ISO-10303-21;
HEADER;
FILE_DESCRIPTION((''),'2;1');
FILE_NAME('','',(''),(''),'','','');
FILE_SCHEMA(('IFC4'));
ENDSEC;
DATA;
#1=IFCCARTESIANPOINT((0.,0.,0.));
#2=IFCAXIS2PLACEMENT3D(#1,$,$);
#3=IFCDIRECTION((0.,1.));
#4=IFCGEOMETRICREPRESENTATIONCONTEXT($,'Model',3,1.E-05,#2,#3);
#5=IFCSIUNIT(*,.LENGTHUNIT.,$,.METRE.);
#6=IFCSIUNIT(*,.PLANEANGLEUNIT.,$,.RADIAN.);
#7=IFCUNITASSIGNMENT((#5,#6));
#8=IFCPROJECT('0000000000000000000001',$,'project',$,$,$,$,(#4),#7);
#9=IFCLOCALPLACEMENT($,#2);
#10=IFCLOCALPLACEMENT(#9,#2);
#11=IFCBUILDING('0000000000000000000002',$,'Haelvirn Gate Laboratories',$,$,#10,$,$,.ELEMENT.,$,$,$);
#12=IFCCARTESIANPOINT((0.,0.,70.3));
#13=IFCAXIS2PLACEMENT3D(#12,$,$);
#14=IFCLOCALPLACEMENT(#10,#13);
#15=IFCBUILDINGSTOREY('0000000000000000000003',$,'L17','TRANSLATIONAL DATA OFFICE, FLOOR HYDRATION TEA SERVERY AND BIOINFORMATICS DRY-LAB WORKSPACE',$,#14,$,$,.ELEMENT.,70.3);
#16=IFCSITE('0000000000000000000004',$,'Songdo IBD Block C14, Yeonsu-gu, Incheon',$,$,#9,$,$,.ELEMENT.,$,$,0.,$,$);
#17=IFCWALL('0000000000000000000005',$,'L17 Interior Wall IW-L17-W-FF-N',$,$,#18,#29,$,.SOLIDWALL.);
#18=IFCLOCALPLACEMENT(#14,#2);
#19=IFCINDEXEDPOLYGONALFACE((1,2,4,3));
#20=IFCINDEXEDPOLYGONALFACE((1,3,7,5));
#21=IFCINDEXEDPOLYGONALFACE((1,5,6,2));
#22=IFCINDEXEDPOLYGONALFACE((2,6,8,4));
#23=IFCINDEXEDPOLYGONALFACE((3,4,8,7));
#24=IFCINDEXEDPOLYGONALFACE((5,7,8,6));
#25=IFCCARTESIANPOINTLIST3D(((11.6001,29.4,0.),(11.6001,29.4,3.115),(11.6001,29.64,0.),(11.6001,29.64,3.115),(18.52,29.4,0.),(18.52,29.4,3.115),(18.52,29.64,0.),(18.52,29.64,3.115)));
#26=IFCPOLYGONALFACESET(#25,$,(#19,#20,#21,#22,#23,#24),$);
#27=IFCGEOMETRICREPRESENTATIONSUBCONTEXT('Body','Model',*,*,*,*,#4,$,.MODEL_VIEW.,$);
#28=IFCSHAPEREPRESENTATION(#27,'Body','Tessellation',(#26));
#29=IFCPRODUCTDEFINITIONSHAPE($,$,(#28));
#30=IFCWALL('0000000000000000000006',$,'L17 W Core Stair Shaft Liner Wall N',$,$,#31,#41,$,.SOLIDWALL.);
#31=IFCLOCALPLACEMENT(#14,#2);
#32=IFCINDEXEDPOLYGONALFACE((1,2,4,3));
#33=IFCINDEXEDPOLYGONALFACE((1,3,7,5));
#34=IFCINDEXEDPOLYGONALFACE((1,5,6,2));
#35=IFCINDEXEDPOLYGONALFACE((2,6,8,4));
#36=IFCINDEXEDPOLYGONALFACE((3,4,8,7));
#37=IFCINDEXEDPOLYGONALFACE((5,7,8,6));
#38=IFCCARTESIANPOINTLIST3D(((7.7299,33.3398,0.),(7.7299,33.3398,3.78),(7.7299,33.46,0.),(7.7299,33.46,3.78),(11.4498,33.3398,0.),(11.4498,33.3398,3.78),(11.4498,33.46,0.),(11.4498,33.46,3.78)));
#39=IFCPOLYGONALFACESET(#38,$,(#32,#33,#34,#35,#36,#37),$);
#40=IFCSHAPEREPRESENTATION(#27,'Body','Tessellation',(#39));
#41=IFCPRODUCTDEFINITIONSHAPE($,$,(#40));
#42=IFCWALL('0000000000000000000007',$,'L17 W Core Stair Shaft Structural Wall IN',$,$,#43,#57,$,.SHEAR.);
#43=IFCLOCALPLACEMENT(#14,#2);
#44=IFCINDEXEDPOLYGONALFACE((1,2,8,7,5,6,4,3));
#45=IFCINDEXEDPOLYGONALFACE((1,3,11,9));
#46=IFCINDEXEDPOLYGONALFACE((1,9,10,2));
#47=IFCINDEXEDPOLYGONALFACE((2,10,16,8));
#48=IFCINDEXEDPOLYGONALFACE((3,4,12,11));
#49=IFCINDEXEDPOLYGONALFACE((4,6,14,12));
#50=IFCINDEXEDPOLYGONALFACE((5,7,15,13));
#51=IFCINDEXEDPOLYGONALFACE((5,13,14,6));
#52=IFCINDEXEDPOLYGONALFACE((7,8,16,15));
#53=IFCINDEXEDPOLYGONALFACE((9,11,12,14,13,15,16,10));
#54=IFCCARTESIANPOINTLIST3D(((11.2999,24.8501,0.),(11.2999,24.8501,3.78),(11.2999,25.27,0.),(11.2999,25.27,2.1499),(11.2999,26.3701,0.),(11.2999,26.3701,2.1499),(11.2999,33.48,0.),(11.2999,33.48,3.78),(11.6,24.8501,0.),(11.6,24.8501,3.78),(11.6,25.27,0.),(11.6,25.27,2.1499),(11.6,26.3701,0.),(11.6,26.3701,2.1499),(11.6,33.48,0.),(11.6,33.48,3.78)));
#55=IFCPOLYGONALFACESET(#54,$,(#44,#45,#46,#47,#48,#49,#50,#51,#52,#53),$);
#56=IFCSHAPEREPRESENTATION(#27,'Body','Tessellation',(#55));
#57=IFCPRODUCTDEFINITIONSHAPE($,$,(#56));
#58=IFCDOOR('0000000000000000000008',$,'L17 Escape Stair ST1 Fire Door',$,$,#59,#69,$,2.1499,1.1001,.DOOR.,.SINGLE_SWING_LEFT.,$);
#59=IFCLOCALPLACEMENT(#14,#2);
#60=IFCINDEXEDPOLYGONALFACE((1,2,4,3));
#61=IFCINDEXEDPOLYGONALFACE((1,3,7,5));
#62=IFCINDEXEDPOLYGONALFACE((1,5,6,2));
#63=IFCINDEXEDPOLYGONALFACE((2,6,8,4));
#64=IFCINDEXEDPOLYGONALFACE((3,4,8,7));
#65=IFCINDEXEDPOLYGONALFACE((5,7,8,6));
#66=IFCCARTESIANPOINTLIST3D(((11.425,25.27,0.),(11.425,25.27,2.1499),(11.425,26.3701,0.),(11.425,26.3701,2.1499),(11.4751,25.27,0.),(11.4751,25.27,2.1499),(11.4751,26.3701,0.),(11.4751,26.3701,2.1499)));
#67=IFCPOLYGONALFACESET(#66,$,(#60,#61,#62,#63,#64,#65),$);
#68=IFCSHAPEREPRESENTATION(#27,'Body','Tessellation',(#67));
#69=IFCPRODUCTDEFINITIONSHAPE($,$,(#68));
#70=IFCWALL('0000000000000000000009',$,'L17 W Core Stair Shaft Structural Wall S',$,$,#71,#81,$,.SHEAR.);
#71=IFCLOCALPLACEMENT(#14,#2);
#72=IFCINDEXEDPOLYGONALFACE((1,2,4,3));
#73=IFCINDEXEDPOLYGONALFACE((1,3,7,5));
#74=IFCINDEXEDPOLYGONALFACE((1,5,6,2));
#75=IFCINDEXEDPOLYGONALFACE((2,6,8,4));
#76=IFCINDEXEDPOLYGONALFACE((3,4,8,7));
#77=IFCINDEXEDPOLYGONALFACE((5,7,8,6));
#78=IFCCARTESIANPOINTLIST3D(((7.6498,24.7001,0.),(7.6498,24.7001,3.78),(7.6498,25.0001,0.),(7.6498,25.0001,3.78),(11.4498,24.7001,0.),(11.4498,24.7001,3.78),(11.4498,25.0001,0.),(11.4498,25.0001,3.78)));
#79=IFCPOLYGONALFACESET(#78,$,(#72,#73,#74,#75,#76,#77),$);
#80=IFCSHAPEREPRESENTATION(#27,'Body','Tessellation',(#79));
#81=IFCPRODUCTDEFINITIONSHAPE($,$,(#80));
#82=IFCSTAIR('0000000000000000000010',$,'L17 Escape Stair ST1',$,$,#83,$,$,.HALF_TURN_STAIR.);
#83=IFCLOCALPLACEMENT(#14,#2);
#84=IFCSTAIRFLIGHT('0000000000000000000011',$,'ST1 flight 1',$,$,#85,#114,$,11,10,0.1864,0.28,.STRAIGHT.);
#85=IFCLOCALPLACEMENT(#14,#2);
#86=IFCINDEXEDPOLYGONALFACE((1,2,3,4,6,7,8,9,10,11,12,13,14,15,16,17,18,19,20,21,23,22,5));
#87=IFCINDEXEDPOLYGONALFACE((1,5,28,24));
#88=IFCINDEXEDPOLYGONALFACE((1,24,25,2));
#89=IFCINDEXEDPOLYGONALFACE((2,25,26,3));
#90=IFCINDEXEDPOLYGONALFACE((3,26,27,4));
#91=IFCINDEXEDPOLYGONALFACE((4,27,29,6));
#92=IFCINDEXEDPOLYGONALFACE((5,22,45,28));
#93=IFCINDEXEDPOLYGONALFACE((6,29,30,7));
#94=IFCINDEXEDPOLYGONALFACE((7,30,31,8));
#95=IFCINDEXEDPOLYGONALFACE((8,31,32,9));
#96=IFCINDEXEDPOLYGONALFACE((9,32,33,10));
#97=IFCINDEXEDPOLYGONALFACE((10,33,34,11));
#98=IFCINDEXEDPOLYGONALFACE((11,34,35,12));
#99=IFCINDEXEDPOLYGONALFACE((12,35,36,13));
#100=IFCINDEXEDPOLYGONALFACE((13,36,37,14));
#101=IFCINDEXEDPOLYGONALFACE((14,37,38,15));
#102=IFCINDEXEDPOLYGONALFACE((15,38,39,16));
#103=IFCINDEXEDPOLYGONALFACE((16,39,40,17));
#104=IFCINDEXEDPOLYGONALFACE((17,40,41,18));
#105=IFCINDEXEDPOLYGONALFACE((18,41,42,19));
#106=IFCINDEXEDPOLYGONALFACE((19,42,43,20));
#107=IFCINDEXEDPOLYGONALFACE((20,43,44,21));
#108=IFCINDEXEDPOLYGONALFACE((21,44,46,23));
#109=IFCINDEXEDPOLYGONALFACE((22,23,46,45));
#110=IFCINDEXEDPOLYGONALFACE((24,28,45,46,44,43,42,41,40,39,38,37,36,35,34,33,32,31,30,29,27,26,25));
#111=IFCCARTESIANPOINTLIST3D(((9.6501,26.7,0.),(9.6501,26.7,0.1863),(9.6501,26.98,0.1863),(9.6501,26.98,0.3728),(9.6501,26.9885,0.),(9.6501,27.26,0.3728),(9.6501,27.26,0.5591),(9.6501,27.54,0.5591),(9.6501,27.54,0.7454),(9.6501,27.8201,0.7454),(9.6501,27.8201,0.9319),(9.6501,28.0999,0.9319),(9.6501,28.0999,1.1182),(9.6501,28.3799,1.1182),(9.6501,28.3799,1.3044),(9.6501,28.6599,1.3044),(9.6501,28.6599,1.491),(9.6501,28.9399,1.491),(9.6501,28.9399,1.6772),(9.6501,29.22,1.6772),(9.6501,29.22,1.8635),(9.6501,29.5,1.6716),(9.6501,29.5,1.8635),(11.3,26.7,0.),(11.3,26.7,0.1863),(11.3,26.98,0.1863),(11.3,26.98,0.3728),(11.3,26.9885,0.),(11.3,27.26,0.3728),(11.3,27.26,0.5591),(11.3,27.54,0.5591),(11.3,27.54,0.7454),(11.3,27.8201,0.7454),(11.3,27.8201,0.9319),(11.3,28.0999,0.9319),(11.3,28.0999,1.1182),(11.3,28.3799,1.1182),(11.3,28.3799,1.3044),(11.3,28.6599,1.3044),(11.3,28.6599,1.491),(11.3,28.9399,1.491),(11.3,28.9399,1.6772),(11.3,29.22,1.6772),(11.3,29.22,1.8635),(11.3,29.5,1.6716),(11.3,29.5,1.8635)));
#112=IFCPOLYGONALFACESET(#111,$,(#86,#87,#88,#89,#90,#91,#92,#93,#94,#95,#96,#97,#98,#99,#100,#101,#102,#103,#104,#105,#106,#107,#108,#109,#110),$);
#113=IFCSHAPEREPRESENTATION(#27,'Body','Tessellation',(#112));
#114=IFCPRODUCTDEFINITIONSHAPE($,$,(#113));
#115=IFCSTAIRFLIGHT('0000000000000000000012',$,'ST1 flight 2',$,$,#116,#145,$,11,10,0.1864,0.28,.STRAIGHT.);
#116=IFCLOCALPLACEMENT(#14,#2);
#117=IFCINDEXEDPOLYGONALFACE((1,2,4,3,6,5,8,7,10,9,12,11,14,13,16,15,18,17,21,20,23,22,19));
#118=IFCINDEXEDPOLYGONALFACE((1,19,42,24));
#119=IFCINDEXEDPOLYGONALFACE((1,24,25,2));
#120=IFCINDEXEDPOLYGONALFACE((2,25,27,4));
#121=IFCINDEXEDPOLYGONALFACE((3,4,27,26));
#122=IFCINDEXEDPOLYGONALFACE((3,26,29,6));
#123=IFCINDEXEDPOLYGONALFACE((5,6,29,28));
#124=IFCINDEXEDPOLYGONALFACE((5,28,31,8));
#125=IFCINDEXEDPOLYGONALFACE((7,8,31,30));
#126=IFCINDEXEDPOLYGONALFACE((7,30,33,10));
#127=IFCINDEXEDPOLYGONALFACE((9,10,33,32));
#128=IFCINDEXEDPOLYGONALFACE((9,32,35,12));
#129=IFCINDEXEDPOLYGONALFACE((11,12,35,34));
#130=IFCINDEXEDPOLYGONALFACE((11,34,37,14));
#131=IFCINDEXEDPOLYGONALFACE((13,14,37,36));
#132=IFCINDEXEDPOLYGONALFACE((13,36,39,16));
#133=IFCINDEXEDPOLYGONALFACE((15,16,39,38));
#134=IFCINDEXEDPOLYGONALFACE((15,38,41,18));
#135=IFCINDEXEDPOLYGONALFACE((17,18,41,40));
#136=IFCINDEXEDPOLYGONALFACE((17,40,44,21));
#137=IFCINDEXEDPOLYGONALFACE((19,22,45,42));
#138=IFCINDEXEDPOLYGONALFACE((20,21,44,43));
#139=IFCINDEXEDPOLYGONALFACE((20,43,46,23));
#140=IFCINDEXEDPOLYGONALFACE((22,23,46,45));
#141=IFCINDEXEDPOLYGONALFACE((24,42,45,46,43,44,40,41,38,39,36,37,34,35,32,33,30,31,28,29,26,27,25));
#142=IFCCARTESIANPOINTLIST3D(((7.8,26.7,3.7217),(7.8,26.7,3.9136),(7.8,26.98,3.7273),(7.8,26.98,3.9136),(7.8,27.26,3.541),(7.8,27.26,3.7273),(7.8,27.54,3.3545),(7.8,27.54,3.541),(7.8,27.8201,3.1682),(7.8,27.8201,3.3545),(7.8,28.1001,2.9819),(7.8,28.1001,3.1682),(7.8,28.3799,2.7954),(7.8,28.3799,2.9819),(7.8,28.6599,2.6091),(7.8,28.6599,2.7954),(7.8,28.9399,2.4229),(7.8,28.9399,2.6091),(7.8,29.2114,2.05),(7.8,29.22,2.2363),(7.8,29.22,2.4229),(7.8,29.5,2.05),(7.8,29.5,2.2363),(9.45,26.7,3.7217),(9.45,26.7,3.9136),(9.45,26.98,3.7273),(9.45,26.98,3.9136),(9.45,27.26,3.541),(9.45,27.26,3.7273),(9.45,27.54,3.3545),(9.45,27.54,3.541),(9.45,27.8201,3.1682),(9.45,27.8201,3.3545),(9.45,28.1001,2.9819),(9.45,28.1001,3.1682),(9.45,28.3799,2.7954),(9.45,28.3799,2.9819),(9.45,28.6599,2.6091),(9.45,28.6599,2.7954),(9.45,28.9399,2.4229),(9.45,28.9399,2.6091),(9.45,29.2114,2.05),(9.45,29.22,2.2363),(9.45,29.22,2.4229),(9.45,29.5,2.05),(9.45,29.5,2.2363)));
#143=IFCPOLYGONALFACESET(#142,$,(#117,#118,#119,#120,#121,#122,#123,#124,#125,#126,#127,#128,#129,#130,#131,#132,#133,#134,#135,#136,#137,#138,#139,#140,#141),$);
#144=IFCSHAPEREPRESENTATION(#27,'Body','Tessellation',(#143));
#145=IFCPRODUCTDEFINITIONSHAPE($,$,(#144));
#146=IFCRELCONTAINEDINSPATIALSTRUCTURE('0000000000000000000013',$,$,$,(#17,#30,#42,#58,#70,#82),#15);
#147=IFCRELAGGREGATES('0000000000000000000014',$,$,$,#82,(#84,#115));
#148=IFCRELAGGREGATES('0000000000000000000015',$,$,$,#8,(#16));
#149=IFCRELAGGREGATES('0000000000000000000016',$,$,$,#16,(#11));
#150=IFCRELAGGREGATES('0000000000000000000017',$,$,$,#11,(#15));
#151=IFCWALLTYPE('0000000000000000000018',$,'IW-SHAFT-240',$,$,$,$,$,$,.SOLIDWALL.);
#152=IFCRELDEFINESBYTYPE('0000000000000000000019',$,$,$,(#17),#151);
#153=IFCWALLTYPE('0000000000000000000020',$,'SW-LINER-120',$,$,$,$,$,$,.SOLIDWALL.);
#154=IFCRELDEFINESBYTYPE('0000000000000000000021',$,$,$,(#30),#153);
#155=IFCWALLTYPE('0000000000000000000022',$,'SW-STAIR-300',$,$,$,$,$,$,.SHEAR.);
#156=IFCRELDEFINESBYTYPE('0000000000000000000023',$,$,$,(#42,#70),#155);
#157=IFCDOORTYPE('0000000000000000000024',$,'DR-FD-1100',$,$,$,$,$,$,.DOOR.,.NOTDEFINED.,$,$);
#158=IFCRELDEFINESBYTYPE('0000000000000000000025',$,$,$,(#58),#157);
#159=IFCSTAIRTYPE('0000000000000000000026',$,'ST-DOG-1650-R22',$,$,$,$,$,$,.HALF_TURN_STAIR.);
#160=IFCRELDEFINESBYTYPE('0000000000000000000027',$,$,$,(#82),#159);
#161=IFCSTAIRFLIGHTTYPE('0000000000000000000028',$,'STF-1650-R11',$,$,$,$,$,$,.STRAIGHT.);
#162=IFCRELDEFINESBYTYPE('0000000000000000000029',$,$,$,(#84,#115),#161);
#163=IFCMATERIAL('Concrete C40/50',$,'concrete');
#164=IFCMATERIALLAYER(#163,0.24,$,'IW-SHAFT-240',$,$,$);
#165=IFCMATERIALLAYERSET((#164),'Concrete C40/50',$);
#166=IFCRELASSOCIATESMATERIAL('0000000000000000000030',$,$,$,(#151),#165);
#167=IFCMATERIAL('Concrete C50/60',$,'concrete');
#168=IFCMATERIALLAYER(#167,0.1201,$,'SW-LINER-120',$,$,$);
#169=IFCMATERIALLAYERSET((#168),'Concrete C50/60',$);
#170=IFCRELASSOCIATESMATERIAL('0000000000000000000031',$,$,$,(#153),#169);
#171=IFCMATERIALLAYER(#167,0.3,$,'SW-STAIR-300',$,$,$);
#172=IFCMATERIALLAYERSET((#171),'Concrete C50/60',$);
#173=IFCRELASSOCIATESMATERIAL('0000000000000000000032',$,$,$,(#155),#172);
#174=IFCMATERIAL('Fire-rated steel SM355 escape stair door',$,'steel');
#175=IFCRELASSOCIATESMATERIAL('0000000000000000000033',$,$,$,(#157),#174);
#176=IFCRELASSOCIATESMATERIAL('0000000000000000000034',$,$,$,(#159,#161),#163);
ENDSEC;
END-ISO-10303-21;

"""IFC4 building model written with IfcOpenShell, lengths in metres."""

from ifc_helpers import new_model, si_unit, direction, frame, frame_2d, origin, place, context, subcontext, project, spatial, polyline, rectangle, outline, extrude, source, transform, mapped, material, layer, layer_set, type_object, type_shapes, element, fill, aggregate, save


model = new_model("IFC4")

# Units and contexts
model_context = context("Model", 3, precision=1e-05, world=origin(), true_north=direction((0.0, 1.0)))
body_context = subcontext(model_context, "Body", "Model", "MODEL_VIEW")
ifc_project = project(units=[si_unit("LENGTHUNIT", "METRE"), si_unit("PLANEANGLEUNIT", "RADIAN")], contexts=[model_context])

# Site, building, storey
site_placement = place(None, origin())
site = spatial("IfcSite", under=ifc_project, at=site_placement, Name="Songdo IBD Block C14, Yeonsu-gu, Incheon", CompositionType="ELEMENT", RefElevation=0.0)
building_placement = place(site_placement, origin())
building = spatial("IfcBuilding", under=site, at=building_placement, Name="Haelvirn Gate Laboratories", CompositionType="ELEMENT")
storey_placement = place(building_placement, frame((0.0, 0.0, 70.3)))
storey = spatial("IfcBuildingStorey", under=building, at=storey_placement, Name="L17", Description="TRANSLATIONAL DATA OFFICE, FLOOR HYDRATION TEA SERVERY AND BIOINFORMATICS DRY-LAB WORKSPACE", CompositionType="ELEMENT", Elevation=70.3)

# Shared definitions
ifc_material_1 = material(Name="Concrete C40/50", Category="concrete")

# Shared definitions
ifc_layer_1 = layer(ifc_material_1, 0.24, Name="IW-SHAFT-240")
ifc_layer_set_1 = layer_set([ifc_layer_1], Name="Concrete C40/50")
wall_type_1 = type_object("IfcWallType", Name="IW-SHAFT-240", PredefinedType="SOLIDWALL", material=ifc_layer_set_1)

# Walls
wall_1_placement = place(storey_placement, frame((11.6001, 29.52, 0.0), z_axis=(0.0, 0.0, 1.0), x_axis=(1.0, 0.0, 0.0)))
element("IfcWall", 1, at=wall_1_placement, inside=storey, type_object=wall_type_1, Name="L17 Interior Wall IW-L17-W-FF-N", PredefinedType="SOLIDWALL", context=body_context, shape_type="SweptSolid", body=[
    extrude(rectangle(XDim=6.9199, YDim=0.24, at=frame_2d((3.46, 0.0))), origin(), (0.0, 0.0, 1.0), 3.115),
])
ifc_material_2 = material(Name="Concrete C50/60", Category="concrete")
ifc_layer_2 = layer(ifc_material_2, 0.1201, Name="SW-LINER-120")
ifc_layer_set_2 = layer_set([ifc_layer_2], Name="Concrete C50/60")
wall_type_2 = type_object("IfcWallType", Name="SW-LINER-120", PredefinedType="SOLIDWALL", material=ifc_layer_set_2)
wall_2_placement = place(storey_placement, frame((7.73, 33.3999, 0.0), z_axis=(0.0, 0.0, 1.0), x_axis=(1.0, 0.0, 0.0)))
element("IfcWall", 2, at=wall_2_placement, inside=storey, type_object=wall_type_2, Name="L17 W Core Stair Shaft Liner Wall N", PredefinedType="SOLIDWALL", context=body_context, shape_type="SweptSolid", body=[
    extrude(rectangle(XDim=3.72, YDim=0.1201, at=frame_2d((1.8599, 0.0))), origin(), (0.0, 0.0, 1.0), 3.78),
])

# Wall, opening, door
ifc_layer_3 = layer(ifc_material_2, 0.3, Name="SW-STAIR-300")
ifc_layer_set_3 = layer_set([ifc_layer_3], Name="Concrete C50/60")
wall_type_3 = type_object("IfcWallType", Name="SW-STAIR-300", PredefinedType="SHEAR", material=ifc_layer_set_3)
wall_3_placement = place(storey_placement, frame((11.45, 24.8501, 0.0), z_axis=(0.0, 0.0, 1.0), x_axis=(0.0, 1.0, 0.0)))
wall_3 = element("IfcWall", 3, at=wall_3_placement, inside=storey, type_object=wall_type_3, Name="L17 W Core Stair Shaft Structural Wall IN", PredefinedType="SHEAR", context=body_context, shape_type="SweptSolid", body=[
    extrude(rectangle(XDim=8.6299, YDim=0.3, at=frame_2d((4.3149, 0.0))), origin(), (0.0, 0.0, 1.0), 3.78),
])
opening_1_placement = place(wall_3_placement, frame((0.4199, 0.0, 0.0)))
opening_1 = element("IfcOpeningElement", 4, at=opening_1_placement, cuts=wall_3, PredefinedType="OPENING", context=body_context, shape_type="SweptSolid", body=[
    extrude(rectangle(XDim=1.1001, YDim=2.1499, at=frame_2d((0.55, 1.075))), frame((0.0, 0.1602, 0.0), z_axis=(0.0, -1.0, 0.0), x_axis=(1.0, 0.0, 0.0)), (0.0, 0.0, 1.0), 0.3201),
])
ifc_material_3 = material(Name="Fire-rated steel SM355 escape stair door", Category="steel")
door_type_1 = type_object("IfcDoorType", Name="DR-FD-1100", OperationType="NOTDEFINED", PredefinedType="DOOR", material=ifc_material_3)
shared_shape_1 = source(origin(), body_context, "Body", "SweptSolid", [
    extrude(rectangle(XDim=1.1001, YDim=2.1499, at=frame_2d((0.55, 1.075))), frame((0.0, 0.0249, 0.0), z_axis=(0.0, -1.0, 0.0), x_axis=(1.0, 0.0, 0.0)), (0.0, 0.0, 1.0), 0.05),
])
type_shapes(door_type_1, [shared_shape_1])
door_1_placement = place(opening_1_placement, origin())
door_1 = element("IfcDoor", 5, at=door_1_placement, inside=storey, type_object=door_type_1, Name="L17 Escape Stair ST1 Fire Door", OperationType="SINGLE_SWING_LEFT", OverallHeight=2.1499, OverallWidth=1.1001, PredefinedType="DOOR", context=body_context, shape_type="MappedRepresentation", body=[
    mapped(shared_shape_1, transform((0.0, 0.0, 0.0), scale=1.0)),
])
fill(opening_1, door_1)

# Wall
wall_4_placement = place(storey_placement, frame((7.6499, 24.8501, 0.0), z_axis=(0.0, 0.0, 1.0), x_axis=(1.0, 0.0, 0.0)))
element("IfcWall", 6, at=wall_4_placement, inside=storey, type_object=wall_type_3, Name="L17 W Core Stair Shaft Structural Wall S", PredefinedType="SHEAR", context=body_context, shape_type="SweptSolid", body=[
    extrude(rectangle(XDim=3.8, YDim=0.3, at=frame_2d((1.8999, 0.0))), origin(), (0.0, 0.0, 1.0), 3.78),
])

# Stair, stair flights
stair_type = type_object("IfcStairType", Name="ST-DOG-1650-R22", PredefinedType="HALF_TURN_STAIR", material=ifc_material_1)
stair_placement = place(storey_placement, origin())
stair = element("IfcStair", 7, at=stair_placement, inside=storey, type_object=stair_type, Name="L17 Escape Stair ST1", PredefinedType="HALF_TURN_STAIR")
stair_flight_type = type_object("IfcStairFlightType", Name="STF-1650-R11", PredefinedType="STRAIGHT", material=ifc_material_1)
shared_shape_2 = source(origin(), body_context, "Body", "SweptSolid", [
    extrude(outline(polyline([(0.0, 0.0), (0.0, 0.1863), (0.28, 0.1863), (0.28, 0.3728), (0.5601, 0.3728), (0.5601, 0.5591), (0.8401, 0.5591), (0.8401, 0.7454), (1.1201, 0.7454), (1.1201, 0.9319), (1.3999, 0.9319), (1.3999, 1.1182), (1.6799, 1.1182), (1.6799, 1.3044), (1.96, 1.3044), (1.96, 1.491), (2.24, 1.491), (2.24, 1.6772), (2.52, 1.6772), (2.52, 1.8635), (2.8, 1.8635), (2.8, 2.05), (2.8, 1.6716), (0.2886, 0.0), (0.0, 0.0)])), frame((0.0, 0.825, 0.0), z_axis=(0.0, -1.0, 0.0), x_axis=(1.0, 0.0, 0.0)), (0.0, 0.0, 1.0), 1.6499),
])
type_shapes(stair_flight_type, [shared_shape_2])
stair_flight_1_placement = place(storey_placement, frame((10.4751, 26.7, 0.0), z_axis=(0.0, 0.0, 1.0), x_axis=(0.0, 1.0, 0.0)))
stair_flight_1 = element("IfcStairFlight", 8, at=stair_flight_1_placement, type_object=stair_flight_type, Name="ST1 flight 1", NumberOfRisers=11, NumberOfTreads=10, PredefinedType="STRAIGHT", RiserHeight=0.1864, TreadLength=0.28, context=body_context, shape_type="MappedRepresentation", body=[
    mapped(shared_shape_2, transform((0.0, 0.0, 0.0), scale=1.0)),
])
stair_flight_2_placement = place(storey_placement, frame((8.625, 29.5, 2.05), z_axis=(0.0, 0.0, 1.0), x_axis=(0.0, -1.0, 0.0)))
stair_flight_2 = element("IfcStairFlight", 9, at=stair_flight_2_placement, type_object=stair_flight_type, Name="ST1 flight 2", NumberOfRisers=11, NumberOfTreads=10, PredefinedType="STRAIGHT", RiserHeight=0.1864, TreadLength=0.28, context=body_context, shape_type="MappedRepresentation", body=[
    mapped(shared_shape_2, transform((0.0, 0.0, 0.0), scale=1.0)),
])
aggregate(stair, [stair_flight_1, stair_flight_2])

save(model, "model.ifc")
